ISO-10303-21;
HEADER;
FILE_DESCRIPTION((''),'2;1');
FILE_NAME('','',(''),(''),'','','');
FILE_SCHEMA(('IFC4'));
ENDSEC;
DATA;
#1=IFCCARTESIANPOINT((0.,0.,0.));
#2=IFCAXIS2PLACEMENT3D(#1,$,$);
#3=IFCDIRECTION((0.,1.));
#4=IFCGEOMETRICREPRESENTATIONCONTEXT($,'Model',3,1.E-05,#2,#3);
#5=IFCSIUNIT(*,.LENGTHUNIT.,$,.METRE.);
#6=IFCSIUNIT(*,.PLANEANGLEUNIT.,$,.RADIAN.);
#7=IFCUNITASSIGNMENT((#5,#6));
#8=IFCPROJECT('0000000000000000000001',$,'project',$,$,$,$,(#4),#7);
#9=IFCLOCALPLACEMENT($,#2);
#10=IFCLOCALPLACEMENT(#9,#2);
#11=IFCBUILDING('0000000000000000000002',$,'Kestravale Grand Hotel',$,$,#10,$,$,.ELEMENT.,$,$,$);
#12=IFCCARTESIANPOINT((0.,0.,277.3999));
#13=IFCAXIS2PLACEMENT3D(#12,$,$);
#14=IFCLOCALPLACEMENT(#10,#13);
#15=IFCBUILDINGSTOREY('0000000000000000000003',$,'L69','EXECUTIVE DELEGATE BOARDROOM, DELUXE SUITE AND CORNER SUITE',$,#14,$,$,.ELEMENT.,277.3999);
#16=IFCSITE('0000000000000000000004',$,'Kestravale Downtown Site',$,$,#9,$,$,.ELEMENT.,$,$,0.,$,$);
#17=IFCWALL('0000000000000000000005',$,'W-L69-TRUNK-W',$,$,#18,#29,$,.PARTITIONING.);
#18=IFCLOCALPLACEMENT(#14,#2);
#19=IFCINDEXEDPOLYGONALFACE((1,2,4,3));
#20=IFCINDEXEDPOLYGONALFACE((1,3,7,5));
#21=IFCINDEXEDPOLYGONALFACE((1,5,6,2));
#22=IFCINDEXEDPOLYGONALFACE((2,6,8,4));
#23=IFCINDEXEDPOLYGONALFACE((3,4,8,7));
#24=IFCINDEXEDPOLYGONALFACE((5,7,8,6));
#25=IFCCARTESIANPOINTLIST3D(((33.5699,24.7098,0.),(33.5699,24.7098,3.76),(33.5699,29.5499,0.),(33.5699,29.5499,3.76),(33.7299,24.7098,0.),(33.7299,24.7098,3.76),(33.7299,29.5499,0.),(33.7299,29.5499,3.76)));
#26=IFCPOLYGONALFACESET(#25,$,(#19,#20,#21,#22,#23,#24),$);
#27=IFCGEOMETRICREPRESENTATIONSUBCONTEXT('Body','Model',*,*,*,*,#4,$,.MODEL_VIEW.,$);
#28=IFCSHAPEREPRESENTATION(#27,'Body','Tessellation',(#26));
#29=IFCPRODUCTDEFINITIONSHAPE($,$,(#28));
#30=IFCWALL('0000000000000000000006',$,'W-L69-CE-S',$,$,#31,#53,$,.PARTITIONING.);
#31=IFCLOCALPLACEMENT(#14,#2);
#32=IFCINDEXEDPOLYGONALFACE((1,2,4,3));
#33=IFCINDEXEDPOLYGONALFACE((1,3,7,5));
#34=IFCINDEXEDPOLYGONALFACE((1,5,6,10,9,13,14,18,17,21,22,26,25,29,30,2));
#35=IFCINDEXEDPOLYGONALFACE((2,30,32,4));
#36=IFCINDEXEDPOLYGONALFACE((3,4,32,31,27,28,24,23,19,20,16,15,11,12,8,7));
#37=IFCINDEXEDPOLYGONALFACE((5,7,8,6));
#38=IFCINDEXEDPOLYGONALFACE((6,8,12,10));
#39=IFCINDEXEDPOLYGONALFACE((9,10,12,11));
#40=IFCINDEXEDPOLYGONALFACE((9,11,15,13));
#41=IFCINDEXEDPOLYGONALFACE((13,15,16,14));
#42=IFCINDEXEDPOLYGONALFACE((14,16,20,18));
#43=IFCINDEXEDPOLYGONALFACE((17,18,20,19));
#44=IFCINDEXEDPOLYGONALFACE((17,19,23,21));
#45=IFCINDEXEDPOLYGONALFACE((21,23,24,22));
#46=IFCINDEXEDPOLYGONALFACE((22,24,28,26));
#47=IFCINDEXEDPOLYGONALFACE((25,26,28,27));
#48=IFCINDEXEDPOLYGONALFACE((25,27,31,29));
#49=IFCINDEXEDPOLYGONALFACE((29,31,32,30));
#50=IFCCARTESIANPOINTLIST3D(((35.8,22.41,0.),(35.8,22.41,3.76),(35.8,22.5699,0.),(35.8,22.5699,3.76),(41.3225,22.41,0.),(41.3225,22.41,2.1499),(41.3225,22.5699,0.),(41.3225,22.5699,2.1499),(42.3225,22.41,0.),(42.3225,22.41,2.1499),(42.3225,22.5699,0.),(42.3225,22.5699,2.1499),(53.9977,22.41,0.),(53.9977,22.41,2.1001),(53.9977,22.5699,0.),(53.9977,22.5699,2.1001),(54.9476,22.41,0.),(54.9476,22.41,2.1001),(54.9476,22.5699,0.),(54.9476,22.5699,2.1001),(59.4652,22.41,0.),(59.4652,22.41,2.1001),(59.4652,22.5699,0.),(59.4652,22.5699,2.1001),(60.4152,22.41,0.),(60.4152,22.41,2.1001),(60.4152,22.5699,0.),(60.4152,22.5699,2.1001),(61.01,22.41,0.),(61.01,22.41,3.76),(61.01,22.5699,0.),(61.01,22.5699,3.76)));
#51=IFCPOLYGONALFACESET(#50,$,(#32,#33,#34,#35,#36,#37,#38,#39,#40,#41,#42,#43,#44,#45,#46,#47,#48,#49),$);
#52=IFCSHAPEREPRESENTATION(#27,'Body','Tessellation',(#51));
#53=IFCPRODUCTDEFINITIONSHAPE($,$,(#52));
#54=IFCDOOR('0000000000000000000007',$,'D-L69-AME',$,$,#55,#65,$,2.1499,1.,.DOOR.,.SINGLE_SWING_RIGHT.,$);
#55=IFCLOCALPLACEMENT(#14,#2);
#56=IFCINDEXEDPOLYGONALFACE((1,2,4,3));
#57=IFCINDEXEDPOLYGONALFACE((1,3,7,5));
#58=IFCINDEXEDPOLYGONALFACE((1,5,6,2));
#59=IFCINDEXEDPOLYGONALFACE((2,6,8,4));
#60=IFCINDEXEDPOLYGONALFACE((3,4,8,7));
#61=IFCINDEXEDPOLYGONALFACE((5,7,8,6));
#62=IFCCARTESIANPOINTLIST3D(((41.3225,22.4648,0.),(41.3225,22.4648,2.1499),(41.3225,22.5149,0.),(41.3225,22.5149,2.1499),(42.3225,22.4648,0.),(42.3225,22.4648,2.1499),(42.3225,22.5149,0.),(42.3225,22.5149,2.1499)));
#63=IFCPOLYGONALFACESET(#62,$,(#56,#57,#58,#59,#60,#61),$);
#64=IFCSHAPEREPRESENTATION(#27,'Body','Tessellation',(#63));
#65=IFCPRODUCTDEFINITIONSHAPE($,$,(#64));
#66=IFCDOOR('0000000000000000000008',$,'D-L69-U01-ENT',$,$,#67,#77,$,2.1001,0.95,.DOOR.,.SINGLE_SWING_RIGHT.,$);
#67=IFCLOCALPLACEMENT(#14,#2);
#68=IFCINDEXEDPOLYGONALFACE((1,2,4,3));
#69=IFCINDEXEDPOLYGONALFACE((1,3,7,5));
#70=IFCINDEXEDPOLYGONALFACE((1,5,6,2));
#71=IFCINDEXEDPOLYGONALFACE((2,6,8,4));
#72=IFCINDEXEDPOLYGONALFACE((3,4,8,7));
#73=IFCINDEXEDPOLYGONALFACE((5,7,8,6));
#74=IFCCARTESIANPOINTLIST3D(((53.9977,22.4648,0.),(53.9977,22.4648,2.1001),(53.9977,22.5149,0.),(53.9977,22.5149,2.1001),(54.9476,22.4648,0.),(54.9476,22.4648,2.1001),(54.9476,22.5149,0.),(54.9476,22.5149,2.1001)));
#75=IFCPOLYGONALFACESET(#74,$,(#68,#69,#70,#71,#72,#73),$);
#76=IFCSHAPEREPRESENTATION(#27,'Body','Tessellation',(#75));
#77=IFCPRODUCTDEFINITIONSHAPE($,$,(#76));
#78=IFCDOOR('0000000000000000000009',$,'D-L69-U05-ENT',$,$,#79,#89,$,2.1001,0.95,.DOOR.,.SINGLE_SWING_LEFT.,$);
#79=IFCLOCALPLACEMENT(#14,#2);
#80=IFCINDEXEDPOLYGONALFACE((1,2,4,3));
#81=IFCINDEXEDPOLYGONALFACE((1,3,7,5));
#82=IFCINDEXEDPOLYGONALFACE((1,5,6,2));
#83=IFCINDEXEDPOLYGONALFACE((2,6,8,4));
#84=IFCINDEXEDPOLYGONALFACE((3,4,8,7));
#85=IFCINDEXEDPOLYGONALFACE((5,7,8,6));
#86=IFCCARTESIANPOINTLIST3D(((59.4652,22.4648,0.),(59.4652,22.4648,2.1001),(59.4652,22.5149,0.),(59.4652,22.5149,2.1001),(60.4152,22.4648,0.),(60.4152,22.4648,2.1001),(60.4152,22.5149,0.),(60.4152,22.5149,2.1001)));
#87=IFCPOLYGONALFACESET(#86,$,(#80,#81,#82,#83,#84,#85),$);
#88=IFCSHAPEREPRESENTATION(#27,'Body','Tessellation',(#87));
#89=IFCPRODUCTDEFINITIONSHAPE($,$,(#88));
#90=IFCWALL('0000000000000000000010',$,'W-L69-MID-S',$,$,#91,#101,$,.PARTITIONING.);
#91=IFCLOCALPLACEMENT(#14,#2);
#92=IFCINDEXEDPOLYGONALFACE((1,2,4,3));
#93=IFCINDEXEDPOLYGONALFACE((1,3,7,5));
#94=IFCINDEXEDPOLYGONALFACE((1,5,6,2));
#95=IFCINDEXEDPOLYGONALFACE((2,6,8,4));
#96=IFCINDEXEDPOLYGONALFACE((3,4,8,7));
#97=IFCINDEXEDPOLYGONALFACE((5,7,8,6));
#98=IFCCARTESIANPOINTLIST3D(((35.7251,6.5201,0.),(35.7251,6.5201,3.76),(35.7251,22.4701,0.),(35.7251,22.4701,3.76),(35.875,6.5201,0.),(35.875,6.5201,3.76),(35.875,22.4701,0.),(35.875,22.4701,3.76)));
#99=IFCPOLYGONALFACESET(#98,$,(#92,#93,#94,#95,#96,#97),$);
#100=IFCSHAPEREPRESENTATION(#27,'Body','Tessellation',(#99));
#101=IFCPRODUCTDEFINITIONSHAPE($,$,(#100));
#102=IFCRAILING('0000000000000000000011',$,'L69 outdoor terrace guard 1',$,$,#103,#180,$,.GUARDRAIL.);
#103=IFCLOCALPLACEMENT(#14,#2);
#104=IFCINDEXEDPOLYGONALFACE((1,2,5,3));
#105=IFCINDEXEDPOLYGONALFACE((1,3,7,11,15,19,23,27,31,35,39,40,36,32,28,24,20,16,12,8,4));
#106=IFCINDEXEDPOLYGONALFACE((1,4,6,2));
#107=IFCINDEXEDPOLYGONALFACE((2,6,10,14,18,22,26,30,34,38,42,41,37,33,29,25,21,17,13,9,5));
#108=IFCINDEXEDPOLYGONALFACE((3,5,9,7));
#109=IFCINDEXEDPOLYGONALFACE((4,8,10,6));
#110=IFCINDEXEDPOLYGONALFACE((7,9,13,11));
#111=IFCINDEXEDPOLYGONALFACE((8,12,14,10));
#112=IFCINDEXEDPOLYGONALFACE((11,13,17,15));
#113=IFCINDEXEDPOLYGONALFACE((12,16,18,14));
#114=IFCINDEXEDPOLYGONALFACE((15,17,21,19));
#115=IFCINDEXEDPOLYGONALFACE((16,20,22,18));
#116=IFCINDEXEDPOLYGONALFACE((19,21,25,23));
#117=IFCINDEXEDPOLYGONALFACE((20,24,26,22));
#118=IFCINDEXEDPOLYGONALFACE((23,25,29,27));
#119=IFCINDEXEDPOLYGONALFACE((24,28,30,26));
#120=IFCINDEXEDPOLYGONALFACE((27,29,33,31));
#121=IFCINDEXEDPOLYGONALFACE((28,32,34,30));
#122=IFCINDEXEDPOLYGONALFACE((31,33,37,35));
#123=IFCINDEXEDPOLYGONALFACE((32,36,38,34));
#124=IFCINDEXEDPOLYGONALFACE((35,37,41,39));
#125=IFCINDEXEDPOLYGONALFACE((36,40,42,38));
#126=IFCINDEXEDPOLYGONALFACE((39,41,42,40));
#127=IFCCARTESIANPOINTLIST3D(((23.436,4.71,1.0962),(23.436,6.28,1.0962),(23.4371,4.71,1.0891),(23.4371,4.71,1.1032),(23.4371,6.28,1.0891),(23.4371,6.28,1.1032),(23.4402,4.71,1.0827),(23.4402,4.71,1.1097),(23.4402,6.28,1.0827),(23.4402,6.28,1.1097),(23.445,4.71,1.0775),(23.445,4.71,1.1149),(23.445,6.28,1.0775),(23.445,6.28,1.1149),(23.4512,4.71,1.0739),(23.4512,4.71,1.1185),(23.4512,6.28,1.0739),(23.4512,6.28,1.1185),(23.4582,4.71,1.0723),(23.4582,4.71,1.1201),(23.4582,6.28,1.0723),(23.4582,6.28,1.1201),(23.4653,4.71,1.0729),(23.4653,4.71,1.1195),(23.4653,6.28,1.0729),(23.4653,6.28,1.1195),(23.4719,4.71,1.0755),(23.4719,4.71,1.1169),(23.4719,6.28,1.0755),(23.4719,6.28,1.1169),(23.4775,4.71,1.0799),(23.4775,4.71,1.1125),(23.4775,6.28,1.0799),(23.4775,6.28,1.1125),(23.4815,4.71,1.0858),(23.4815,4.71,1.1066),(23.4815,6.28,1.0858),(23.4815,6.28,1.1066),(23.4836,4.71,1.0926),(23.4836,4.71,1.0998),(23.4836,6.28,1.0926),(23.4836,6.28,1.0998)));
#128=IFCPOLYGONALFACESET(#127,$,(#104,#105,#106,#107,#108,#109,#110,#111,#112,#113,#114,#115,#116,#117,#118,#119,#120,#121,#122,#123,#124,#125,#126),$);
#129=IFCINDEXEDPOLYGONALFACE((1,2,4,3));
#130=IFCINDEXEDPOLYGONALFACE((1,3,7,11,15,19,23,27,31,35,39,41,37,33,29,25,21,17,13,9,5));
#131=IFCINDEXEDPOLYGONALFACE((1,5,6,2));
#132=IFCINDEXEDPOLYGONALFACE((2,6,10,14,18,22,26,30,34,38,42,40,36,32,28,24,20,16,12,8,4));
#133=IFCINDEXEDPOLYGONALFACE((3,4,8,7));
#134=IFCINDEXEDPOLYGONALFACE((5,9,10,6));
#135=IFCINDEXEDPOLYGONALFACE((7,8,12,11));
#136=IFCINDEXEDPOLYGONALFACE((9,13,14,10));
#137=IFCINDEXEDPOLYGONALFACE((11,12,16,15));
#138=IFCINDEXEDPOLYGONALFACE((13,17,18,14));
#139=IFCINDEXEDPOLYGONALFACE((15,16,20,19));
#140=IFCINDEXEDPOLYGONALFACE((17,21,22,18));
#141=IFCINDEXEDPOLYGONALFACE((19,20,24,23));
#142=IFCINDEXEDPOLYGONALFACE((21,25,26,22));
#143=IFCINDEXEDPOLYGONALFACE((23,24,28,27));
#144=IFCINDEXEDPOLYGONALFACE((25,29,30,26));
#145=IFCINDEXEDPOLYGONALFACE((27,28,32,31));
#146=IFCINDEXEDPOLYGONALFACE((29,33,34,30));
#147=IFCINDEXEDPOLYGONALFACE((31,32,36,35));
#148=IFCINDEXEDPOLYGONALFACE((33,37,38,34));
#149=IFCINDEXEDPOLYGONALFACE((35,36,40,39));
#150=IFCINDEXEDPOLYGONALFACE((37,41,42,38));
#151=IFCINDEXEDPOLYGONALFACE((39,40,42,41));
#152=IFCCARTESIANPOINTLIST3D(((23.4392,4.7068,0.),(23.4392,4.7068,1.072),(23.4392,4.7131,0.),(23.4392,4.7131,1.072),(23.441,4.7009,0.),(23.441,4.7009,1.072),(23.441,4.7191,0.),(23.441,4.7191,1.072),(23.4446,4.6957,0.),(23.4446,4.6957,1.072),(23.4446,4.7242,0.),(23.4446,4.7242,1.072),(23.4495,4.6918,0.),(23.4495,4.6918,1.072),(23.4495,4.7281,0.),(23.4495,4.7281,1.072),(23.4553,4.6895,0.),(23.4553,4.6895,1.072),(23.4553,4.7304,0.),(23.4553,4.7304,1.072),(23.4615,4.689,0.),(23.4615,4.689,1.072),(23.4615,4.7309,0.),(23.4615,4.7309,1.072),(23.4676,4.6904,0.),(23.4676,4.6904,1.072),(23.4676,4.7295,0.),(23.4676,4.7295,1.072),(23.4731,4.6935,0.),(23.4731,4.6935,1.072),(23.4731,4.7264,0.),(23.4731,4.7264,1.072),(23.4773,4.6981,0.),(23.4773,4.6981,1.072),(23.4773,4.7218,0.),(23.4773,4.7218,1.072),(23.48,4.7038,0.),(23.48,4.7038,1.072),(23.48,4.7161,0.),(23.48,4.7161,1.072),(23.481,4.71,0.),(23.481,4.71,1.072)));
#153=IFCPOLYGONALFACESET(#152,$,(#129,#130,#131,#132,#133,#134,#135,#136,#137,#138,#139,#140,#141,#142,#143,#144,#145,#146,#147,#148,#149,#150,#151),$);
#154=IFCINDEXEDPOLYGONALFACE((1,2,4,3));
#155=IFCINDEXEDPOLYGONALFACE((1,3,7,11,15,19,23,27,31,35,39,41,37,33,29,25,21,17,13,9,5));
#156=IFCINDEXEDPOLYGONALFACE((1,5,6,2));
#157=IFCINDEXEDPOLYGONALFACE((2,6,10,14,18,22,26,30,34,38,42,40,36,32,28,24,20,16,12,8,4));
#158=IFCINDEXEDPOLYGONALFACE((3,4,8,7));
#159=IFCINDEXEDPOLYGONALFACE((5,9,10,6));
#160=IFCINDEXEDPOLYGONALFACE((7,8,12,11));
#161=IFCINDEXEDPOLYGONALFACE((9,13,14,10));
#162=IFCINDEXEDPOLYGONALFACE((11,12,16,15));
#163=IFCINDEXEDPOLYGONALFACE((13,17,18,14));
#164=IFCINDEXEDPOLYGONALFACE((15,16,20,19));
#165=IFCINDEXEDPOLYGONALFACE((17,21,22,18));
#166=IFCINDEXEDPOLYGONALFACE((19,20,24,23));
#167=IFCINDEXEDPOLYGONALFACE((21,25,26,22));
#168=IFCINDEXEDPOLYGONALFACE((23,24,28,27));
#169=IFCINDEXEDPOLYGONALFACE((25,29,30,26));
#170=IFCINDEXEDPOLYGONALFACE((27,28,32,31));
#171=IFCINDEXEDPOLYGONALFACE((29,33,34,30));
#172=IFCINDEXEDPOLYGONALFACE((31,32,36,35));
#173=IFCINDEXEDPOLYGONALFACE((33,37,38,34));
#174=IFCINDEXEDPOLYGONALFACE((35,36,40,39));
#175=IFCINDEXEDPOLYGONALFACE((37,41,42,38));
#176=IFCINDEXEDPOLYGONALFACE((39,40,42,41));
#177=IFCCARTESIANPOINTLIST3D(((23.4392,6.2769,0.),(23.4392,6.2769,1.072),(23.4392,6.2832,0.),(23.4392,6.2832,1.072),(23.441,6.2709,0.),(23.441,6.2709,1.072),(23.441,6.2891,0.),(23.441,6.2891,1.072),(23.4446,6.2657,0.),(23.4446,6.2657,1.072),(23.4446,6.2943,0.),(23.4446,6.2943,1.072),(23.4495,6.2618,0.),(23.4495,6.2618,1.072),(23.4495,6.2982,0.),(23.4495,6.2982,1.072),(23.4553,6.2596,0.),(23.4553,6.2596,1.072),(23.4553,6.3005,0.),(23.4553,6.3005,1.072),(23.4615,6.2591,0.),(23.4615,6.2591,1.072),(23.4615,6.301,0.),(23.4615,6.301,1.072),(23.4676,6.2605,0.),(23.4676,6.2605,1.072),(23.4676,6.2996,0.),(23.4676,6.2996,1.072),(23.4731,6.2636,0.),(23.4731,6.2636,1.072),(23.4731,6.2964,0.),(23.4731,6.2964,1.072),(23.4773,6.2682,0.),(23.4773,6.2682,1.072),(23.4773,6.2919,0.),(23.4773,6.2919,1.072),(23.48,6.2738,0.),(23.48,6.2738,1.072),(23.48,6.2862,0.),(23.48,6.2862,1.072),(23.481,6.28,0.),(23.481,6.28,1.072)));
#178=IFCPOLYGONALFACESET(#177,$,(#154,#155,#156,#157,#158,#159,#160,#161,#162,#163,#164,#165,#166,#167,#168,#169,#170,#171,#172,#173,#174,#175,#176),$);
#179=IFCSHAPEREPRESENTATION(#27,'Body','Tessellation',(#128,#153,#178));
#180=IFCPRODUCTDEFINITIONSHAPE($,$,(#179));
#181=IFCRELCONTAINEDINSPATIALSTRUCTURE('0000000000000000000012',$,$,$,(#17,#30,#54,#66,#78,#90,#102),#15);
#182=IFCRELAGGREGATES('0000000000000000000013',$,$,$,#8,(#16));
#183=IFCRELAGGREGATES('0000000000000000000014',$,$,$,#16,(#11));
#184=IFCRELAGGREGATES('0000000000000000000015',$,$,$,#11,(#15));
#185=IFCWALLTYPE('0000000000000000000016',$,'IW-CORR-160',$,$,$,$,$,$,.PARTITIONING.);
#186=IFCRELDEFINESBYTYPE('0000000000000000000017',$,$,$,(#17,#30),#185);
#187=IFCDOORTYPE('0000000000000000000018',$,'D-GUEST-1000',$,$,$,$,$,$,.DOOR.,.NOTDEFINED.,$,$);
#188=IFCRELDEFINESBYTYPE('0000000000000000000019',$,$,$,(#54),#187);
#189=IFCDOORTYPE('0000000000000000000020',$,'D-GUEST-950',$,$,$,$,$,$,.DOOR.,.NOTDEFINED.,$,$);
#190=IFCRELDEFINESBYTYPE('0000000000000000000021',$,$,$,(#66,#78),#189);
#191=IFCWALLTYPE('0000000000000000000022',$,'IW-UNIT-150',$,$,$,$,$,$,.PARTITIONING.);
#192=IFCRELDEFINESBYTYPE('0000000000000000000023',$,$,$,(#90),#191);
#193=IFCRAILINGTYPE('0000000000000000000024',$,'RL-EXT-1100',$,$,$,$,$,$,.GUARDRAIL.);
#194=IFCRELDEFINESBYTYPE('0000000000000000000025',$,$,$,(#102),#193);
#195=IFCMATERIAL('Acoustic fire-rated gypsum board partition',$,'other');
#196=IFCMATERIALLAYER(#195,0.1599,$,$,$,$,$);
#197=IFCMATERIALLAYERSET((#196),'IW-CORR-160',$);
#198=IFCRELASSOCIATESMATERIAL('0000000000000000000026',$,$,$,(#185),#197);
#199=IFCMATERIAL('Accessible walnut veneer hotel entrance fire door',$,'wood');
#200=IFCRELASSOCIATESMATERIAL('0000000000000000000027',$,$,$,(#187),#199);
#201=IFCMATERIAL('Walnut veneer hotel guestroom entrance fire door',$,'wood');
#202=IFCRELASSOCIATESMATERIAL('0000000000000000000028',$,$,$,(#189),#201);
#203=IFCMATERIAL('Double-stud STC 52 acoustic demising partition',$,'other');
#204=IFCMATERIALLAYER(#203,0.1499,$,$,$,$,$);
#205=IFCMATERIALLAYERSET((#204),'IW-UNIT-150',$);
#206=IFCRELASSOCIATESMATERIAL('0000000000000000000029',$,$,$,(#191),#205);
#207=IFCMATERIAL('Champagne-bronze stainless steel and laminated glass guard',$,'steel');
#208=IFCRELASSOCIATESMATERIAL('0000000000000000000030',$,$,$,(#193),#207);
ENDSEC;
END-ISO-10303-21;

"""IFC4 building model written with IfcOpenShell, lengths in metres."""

from ifc_helpers import new_model, si_unit, direction, frame, frame_2d, origin, origin_2d, place, context, subcontext, project, spatial, rectangle, circle, extrude, material, layer, layer_set, type_object, element, fill, save


model = new_model("IFC4")

# Units and contexts
model_context = context("Model", 3, precision=1e-05, world=origin(), true_north=direction((0.0, 1.0)))
body_context = subcontext(model_context, "Body", "Model", "MODEL_VIEW")
ifc_project = project(units=[si_unit("LENGTHUNIT", "METRE"), si_unit("PLANEANGLEUNIT", "RADIAN")], contexts=[model_context])

# Site, building, storey
site_placement = place(None, origin())
site = spatial("IfcSite", under=ifc_project, at=site_placement, Name="Kestravale Downtown Site", CompositionType="ELEMENT", RefElevation=0.0)
building_placement = place(site_placement, origin())
building = spatial("IfcBuilding", under=site, at=building_placement, Name="Kestravale Grand Hotel", CompositionType="ELEMENT")
storey_placement = place(building_placement, frame((0.0, 0.0, 277.3999)))
storey = spatial("IfcBuildingStorey", under=building, at=storey_placement, Name="L69", Description="EXECUTIVE DELEGATE BOARDROOM, DELUXE SUITE AND CORNER SUITE", CompositionType="ELEMENT", Elevation=277.3999)

# Wall
ifc_material_1 = material(Name="Acoustic fire-rated gypsum board partition", Category="other")
ifc_layer_1 = layer(ifc_material_1, 0.1599)
ifc_layer_set_1 = layer_set([ifc_layer_1], Name="IW-CORR-160")
wall_type_1 = type_object("IfcWallType", Name="IW-CORR-160", PredefinedType="PARTITIONING", material=ifc_layer_set_1)
wall_1_placement = place(storey_placement, frame((33.6499, 24.71, 0.0), z_axis=(0.0, 0.0, 1.0), x_axis=(0.0, 1.0, 0.0)))
element("IfcWall", 1, at=wall_1_placement, inside=storey, type_object=wall_type_1, Name="W-L69-TRUNK-W", PredefinedType="PARTITIONING", context=body_context, shape_type="SweptSolid", body=[
    extrude(rectangle(XDim=4.8401, YDim=0.1599, at=frame_2d((2.4199, 0.0))), origin(), (0.0, 0.0, 1.0), 3.76),
])

# Wall, openings, doors
wall_2_placement = place(storey_placement, frame((35.8, 22.49, 0.0), z_axis=(0.0, 0.0, 1.0), x_axis=(1.0, 0.0, 0.0)))
wall_2 = element("IfcWall", 2, at=wall_2_placement, inside=storey, type_object=wall_type_1, Name="W-L69-CE-S", PredefinedType="PARTITIONING", context=body_context, shape_type="SweptSolid", body=[
    extrude(rectangle(XDim=25.21, YDim=0.1599, at=frame_2d((12.605, 0.0))), origin(), (0.0, 0.0, 1.0), 3.76),
])
opening_1_placement = place(wall_2_placement, frame((5.5225, 0.0, 0.0)))
opening_1 = element("IfcOpeningElement", 3, at=opening_1_placement, cuts=wall_2, PredefinedType="OPENING", context=body_context, shape_type="SweptSolid", body=[
    extrude(rectangle(XDim=1.0, YDim=2.1499, at=frame_2d((0.5, 1.075))), frame((0.0, 0.0898, 0.0), z_axis=(0.0, -1.0, 0.0), x_axis=(1.0, 0.0, 0.0)), (0.0, 0.0, 1.0), 0.1799),
])
opening_2_placement = place(wall_2_placement, frame((18.1975, 0.0, 0.0)))
opening_2 = element("IfcOpeningElement", 4, at=opening_2_placement, cuts=wall_2, PredefinedType="OPENING", context=body_context, shape_type="SweptSolid", body=[
    extrude(rectangle(XDim=0.95, YDim=2.1001, at=frame_2d((0.4751, 1.05))), frame((0.0, 0.0898, 0.0), z_axis=(0.0, -1.0, 0.0), x_axis=(1.0, 0.0, 0.0)), (0.0, 0.0, 1.0), 0.1799),
])
opening_3_placement = place(wall_2_placement, frame((23.665, 0.0, 0.0)))
opening_3 = element("IfcOpeningElement", 5, at=opening_3_placement, cuts=wall_2, PredefinedType="OPENING", context=body_context, shape_type="SweptSolid", body=[
    extrude(rectangle(XDim=0.95, YDim=2.1001, at=frame_2d((0.4751, 1.05))), frame((0.0, 0.0898, 0.0), z_axis=(0.0, -1.0, 0.0), x_axis=(1.0, 0.0, 0.0)), (0.0, 0.0, 1.0), 0.1799),
])
ifc_material_2 = material(Name="Accessible walnut veneer hotel entrance fire door", Category="wood")
door_type_1 = type_object("IfcDoorType", Name="D-GUEST-1000", OperationType="NOTDEFINED", PredefinedType="DOOR", material=ifc_material_2)
door_1_placement = place(opening_1_placement, origin())
door_1 = element("IfcDoor", 6, at=door_1_placement, inside=storey, type_object=door_type_1, Name="D-L69-AME", OperationType="SINGLE_SWING_RIGHT", OverallHeight=2.1499, OverallWidth=1.0, PredefinedType="DOOR", context=body_context, shape_type="SweptSolid", body=[
    extrude(rectangle(XDim=1.0, YDim=2.1499, at=frame_2d((0.5, 1.075))), frame((0.0, 0.0249, 0.0), z_axis=(0.0, -1.0, 0.0), x_axis=(1.0, 0.0, 0.0)), (0.0, 0.0, 1.0), 0.05),
])
fill(opening_1, door_1)
ifc_material_3 = material(Name="Walnut veneer hotel guestroom entrance fire door", Category="wood")
door_type_2 = type_object("IfcDoorType", Name="D-GUEST-950", OperationType="NOTDEFINED", PredefinedType="DOOR", material=ifc_material_3)
door_2_placement = place(opening_2_placement, origin())
door_2 = element("IfcDoor", 7, at=door_2_placement, inside=storey, type_object=door_type_2, Name="D-L69-U01-ENT", OperationType="SINGLE_SWING_RIGHT", OverallHeight=2.1001, OverallWidth=0.95, PredefinedType="DOOR", context=body_context, shape_type="SweptSolid", body=[
    extrude(rectangle(XDim=0.95, YDim=2.1001, at=frame_2d((0.4751, 1.05))), frame((0.0, 0.0249, 0.0), z_axis=(0.0, -1.0, 0.0), x_axis=(1.0, 0.0, 0.0)), (0.0, 0.0, 1.0), 0.05),
])
fill(opening_2, door_2)
door_3_placement = place(opening_3_placement, origin())
door_3 = element("IfcDoor", 8, at=door_3_placement, inside=storey, type_object=door_type_2, Name="D-L69-U05-ENT", OperationType="SINGLE_SWING_LEFT", OverallHeight=2.1001, OverallWidth=0.95, PredefinedType="DOOR", context=body_context, shape_type="SweptSolid", body=[
    extrude(rectangle(XDim=0.95, YDim=2.1001, at=frame_2d((0.4751, 1.05))), frame((0.0, 0.0249, 0.0), z_axis=(0.0, -1.0, 0.0), x_axis=(1.0, 0.0, 0.0)), (0.0, 0.0, 1.0), 0.05),
])
fill(opening_3, door_3)

# Wall
ifc_material_4 = material(Name="Double-stud STC 52 acoustic demising partition", Category="other")
ifc_layer_2 = layer(ifc_material_4, 0.1499)
ifc_layer_set_2 = layer_set([ifc_layer_2], Name="IW-UNIT-150")
wall_type_2 = type_object("IfcWallType", Name="IW-UNIT-150", PredefinedType="PARTITIONING", material=ifc_layer_set_2)
wall_3_placement = place(storey_placement, frame((35.8, 6.52, 0.0), z_axis=(0.0, 0.0, 1.0), x_axis=(0.0, 1.0, 0.0)))
element("IfcWall", 9, at=wall_3_placement, inside=storey, type_object=wall_type_2, Name="W-L69-MID-S", PredefinedType="PARTITIONING", context=body_context, shape_type="SweptSolid", body=[
    extrude(rectangle(XDim=15.95, YDim=0.1499, at=frame_2d((7.9751, 0.0))), origin(), (0.0, 0.0, 1.0), 3.76),
])

# Railing
ifc_material_5 = material(Name="Champagne-bronze stainless steel and laminated glass guard", Category="steel")
railing_type = type_object("IfcRailingType", Name="RL-EXT-1100", PredefinedType="GUARDRAIL", material=ifc_material_5)
railing_1_placement = place(storey_placement, frame((23.46, 4.71, 0.0)))
element("IfcRailing", 10, at=railing_1_placement, inside=storey, type_object=railing_type, Name="L69 outdoor terrace guard 1", PredefinedType="GUARDRAIL", context=body_context, shape_type="SweptSolid", body=[
    extrude(circle(Radius=0.0239, at=origin_2d()), frame((0.0, 0.0, 1.0962), z_axis=(0.0, 1.0, 0.0), x_axis=(-1.0, 0.0, 0.0)), (0.0, 0.0, 1.0), 1.5701),
    extrude(circle(Radius=0.021, at=origin_2d()), origin(), (0.0, 0.0, 1.0), 1.072),
    extrude(circle(Radius=0.021, at=origin_2d()), frame((0.0, 1.5701, 0.0)), (0.0, 0.0, 1.0), 1.072),
])

save(model, "model.ifc")
